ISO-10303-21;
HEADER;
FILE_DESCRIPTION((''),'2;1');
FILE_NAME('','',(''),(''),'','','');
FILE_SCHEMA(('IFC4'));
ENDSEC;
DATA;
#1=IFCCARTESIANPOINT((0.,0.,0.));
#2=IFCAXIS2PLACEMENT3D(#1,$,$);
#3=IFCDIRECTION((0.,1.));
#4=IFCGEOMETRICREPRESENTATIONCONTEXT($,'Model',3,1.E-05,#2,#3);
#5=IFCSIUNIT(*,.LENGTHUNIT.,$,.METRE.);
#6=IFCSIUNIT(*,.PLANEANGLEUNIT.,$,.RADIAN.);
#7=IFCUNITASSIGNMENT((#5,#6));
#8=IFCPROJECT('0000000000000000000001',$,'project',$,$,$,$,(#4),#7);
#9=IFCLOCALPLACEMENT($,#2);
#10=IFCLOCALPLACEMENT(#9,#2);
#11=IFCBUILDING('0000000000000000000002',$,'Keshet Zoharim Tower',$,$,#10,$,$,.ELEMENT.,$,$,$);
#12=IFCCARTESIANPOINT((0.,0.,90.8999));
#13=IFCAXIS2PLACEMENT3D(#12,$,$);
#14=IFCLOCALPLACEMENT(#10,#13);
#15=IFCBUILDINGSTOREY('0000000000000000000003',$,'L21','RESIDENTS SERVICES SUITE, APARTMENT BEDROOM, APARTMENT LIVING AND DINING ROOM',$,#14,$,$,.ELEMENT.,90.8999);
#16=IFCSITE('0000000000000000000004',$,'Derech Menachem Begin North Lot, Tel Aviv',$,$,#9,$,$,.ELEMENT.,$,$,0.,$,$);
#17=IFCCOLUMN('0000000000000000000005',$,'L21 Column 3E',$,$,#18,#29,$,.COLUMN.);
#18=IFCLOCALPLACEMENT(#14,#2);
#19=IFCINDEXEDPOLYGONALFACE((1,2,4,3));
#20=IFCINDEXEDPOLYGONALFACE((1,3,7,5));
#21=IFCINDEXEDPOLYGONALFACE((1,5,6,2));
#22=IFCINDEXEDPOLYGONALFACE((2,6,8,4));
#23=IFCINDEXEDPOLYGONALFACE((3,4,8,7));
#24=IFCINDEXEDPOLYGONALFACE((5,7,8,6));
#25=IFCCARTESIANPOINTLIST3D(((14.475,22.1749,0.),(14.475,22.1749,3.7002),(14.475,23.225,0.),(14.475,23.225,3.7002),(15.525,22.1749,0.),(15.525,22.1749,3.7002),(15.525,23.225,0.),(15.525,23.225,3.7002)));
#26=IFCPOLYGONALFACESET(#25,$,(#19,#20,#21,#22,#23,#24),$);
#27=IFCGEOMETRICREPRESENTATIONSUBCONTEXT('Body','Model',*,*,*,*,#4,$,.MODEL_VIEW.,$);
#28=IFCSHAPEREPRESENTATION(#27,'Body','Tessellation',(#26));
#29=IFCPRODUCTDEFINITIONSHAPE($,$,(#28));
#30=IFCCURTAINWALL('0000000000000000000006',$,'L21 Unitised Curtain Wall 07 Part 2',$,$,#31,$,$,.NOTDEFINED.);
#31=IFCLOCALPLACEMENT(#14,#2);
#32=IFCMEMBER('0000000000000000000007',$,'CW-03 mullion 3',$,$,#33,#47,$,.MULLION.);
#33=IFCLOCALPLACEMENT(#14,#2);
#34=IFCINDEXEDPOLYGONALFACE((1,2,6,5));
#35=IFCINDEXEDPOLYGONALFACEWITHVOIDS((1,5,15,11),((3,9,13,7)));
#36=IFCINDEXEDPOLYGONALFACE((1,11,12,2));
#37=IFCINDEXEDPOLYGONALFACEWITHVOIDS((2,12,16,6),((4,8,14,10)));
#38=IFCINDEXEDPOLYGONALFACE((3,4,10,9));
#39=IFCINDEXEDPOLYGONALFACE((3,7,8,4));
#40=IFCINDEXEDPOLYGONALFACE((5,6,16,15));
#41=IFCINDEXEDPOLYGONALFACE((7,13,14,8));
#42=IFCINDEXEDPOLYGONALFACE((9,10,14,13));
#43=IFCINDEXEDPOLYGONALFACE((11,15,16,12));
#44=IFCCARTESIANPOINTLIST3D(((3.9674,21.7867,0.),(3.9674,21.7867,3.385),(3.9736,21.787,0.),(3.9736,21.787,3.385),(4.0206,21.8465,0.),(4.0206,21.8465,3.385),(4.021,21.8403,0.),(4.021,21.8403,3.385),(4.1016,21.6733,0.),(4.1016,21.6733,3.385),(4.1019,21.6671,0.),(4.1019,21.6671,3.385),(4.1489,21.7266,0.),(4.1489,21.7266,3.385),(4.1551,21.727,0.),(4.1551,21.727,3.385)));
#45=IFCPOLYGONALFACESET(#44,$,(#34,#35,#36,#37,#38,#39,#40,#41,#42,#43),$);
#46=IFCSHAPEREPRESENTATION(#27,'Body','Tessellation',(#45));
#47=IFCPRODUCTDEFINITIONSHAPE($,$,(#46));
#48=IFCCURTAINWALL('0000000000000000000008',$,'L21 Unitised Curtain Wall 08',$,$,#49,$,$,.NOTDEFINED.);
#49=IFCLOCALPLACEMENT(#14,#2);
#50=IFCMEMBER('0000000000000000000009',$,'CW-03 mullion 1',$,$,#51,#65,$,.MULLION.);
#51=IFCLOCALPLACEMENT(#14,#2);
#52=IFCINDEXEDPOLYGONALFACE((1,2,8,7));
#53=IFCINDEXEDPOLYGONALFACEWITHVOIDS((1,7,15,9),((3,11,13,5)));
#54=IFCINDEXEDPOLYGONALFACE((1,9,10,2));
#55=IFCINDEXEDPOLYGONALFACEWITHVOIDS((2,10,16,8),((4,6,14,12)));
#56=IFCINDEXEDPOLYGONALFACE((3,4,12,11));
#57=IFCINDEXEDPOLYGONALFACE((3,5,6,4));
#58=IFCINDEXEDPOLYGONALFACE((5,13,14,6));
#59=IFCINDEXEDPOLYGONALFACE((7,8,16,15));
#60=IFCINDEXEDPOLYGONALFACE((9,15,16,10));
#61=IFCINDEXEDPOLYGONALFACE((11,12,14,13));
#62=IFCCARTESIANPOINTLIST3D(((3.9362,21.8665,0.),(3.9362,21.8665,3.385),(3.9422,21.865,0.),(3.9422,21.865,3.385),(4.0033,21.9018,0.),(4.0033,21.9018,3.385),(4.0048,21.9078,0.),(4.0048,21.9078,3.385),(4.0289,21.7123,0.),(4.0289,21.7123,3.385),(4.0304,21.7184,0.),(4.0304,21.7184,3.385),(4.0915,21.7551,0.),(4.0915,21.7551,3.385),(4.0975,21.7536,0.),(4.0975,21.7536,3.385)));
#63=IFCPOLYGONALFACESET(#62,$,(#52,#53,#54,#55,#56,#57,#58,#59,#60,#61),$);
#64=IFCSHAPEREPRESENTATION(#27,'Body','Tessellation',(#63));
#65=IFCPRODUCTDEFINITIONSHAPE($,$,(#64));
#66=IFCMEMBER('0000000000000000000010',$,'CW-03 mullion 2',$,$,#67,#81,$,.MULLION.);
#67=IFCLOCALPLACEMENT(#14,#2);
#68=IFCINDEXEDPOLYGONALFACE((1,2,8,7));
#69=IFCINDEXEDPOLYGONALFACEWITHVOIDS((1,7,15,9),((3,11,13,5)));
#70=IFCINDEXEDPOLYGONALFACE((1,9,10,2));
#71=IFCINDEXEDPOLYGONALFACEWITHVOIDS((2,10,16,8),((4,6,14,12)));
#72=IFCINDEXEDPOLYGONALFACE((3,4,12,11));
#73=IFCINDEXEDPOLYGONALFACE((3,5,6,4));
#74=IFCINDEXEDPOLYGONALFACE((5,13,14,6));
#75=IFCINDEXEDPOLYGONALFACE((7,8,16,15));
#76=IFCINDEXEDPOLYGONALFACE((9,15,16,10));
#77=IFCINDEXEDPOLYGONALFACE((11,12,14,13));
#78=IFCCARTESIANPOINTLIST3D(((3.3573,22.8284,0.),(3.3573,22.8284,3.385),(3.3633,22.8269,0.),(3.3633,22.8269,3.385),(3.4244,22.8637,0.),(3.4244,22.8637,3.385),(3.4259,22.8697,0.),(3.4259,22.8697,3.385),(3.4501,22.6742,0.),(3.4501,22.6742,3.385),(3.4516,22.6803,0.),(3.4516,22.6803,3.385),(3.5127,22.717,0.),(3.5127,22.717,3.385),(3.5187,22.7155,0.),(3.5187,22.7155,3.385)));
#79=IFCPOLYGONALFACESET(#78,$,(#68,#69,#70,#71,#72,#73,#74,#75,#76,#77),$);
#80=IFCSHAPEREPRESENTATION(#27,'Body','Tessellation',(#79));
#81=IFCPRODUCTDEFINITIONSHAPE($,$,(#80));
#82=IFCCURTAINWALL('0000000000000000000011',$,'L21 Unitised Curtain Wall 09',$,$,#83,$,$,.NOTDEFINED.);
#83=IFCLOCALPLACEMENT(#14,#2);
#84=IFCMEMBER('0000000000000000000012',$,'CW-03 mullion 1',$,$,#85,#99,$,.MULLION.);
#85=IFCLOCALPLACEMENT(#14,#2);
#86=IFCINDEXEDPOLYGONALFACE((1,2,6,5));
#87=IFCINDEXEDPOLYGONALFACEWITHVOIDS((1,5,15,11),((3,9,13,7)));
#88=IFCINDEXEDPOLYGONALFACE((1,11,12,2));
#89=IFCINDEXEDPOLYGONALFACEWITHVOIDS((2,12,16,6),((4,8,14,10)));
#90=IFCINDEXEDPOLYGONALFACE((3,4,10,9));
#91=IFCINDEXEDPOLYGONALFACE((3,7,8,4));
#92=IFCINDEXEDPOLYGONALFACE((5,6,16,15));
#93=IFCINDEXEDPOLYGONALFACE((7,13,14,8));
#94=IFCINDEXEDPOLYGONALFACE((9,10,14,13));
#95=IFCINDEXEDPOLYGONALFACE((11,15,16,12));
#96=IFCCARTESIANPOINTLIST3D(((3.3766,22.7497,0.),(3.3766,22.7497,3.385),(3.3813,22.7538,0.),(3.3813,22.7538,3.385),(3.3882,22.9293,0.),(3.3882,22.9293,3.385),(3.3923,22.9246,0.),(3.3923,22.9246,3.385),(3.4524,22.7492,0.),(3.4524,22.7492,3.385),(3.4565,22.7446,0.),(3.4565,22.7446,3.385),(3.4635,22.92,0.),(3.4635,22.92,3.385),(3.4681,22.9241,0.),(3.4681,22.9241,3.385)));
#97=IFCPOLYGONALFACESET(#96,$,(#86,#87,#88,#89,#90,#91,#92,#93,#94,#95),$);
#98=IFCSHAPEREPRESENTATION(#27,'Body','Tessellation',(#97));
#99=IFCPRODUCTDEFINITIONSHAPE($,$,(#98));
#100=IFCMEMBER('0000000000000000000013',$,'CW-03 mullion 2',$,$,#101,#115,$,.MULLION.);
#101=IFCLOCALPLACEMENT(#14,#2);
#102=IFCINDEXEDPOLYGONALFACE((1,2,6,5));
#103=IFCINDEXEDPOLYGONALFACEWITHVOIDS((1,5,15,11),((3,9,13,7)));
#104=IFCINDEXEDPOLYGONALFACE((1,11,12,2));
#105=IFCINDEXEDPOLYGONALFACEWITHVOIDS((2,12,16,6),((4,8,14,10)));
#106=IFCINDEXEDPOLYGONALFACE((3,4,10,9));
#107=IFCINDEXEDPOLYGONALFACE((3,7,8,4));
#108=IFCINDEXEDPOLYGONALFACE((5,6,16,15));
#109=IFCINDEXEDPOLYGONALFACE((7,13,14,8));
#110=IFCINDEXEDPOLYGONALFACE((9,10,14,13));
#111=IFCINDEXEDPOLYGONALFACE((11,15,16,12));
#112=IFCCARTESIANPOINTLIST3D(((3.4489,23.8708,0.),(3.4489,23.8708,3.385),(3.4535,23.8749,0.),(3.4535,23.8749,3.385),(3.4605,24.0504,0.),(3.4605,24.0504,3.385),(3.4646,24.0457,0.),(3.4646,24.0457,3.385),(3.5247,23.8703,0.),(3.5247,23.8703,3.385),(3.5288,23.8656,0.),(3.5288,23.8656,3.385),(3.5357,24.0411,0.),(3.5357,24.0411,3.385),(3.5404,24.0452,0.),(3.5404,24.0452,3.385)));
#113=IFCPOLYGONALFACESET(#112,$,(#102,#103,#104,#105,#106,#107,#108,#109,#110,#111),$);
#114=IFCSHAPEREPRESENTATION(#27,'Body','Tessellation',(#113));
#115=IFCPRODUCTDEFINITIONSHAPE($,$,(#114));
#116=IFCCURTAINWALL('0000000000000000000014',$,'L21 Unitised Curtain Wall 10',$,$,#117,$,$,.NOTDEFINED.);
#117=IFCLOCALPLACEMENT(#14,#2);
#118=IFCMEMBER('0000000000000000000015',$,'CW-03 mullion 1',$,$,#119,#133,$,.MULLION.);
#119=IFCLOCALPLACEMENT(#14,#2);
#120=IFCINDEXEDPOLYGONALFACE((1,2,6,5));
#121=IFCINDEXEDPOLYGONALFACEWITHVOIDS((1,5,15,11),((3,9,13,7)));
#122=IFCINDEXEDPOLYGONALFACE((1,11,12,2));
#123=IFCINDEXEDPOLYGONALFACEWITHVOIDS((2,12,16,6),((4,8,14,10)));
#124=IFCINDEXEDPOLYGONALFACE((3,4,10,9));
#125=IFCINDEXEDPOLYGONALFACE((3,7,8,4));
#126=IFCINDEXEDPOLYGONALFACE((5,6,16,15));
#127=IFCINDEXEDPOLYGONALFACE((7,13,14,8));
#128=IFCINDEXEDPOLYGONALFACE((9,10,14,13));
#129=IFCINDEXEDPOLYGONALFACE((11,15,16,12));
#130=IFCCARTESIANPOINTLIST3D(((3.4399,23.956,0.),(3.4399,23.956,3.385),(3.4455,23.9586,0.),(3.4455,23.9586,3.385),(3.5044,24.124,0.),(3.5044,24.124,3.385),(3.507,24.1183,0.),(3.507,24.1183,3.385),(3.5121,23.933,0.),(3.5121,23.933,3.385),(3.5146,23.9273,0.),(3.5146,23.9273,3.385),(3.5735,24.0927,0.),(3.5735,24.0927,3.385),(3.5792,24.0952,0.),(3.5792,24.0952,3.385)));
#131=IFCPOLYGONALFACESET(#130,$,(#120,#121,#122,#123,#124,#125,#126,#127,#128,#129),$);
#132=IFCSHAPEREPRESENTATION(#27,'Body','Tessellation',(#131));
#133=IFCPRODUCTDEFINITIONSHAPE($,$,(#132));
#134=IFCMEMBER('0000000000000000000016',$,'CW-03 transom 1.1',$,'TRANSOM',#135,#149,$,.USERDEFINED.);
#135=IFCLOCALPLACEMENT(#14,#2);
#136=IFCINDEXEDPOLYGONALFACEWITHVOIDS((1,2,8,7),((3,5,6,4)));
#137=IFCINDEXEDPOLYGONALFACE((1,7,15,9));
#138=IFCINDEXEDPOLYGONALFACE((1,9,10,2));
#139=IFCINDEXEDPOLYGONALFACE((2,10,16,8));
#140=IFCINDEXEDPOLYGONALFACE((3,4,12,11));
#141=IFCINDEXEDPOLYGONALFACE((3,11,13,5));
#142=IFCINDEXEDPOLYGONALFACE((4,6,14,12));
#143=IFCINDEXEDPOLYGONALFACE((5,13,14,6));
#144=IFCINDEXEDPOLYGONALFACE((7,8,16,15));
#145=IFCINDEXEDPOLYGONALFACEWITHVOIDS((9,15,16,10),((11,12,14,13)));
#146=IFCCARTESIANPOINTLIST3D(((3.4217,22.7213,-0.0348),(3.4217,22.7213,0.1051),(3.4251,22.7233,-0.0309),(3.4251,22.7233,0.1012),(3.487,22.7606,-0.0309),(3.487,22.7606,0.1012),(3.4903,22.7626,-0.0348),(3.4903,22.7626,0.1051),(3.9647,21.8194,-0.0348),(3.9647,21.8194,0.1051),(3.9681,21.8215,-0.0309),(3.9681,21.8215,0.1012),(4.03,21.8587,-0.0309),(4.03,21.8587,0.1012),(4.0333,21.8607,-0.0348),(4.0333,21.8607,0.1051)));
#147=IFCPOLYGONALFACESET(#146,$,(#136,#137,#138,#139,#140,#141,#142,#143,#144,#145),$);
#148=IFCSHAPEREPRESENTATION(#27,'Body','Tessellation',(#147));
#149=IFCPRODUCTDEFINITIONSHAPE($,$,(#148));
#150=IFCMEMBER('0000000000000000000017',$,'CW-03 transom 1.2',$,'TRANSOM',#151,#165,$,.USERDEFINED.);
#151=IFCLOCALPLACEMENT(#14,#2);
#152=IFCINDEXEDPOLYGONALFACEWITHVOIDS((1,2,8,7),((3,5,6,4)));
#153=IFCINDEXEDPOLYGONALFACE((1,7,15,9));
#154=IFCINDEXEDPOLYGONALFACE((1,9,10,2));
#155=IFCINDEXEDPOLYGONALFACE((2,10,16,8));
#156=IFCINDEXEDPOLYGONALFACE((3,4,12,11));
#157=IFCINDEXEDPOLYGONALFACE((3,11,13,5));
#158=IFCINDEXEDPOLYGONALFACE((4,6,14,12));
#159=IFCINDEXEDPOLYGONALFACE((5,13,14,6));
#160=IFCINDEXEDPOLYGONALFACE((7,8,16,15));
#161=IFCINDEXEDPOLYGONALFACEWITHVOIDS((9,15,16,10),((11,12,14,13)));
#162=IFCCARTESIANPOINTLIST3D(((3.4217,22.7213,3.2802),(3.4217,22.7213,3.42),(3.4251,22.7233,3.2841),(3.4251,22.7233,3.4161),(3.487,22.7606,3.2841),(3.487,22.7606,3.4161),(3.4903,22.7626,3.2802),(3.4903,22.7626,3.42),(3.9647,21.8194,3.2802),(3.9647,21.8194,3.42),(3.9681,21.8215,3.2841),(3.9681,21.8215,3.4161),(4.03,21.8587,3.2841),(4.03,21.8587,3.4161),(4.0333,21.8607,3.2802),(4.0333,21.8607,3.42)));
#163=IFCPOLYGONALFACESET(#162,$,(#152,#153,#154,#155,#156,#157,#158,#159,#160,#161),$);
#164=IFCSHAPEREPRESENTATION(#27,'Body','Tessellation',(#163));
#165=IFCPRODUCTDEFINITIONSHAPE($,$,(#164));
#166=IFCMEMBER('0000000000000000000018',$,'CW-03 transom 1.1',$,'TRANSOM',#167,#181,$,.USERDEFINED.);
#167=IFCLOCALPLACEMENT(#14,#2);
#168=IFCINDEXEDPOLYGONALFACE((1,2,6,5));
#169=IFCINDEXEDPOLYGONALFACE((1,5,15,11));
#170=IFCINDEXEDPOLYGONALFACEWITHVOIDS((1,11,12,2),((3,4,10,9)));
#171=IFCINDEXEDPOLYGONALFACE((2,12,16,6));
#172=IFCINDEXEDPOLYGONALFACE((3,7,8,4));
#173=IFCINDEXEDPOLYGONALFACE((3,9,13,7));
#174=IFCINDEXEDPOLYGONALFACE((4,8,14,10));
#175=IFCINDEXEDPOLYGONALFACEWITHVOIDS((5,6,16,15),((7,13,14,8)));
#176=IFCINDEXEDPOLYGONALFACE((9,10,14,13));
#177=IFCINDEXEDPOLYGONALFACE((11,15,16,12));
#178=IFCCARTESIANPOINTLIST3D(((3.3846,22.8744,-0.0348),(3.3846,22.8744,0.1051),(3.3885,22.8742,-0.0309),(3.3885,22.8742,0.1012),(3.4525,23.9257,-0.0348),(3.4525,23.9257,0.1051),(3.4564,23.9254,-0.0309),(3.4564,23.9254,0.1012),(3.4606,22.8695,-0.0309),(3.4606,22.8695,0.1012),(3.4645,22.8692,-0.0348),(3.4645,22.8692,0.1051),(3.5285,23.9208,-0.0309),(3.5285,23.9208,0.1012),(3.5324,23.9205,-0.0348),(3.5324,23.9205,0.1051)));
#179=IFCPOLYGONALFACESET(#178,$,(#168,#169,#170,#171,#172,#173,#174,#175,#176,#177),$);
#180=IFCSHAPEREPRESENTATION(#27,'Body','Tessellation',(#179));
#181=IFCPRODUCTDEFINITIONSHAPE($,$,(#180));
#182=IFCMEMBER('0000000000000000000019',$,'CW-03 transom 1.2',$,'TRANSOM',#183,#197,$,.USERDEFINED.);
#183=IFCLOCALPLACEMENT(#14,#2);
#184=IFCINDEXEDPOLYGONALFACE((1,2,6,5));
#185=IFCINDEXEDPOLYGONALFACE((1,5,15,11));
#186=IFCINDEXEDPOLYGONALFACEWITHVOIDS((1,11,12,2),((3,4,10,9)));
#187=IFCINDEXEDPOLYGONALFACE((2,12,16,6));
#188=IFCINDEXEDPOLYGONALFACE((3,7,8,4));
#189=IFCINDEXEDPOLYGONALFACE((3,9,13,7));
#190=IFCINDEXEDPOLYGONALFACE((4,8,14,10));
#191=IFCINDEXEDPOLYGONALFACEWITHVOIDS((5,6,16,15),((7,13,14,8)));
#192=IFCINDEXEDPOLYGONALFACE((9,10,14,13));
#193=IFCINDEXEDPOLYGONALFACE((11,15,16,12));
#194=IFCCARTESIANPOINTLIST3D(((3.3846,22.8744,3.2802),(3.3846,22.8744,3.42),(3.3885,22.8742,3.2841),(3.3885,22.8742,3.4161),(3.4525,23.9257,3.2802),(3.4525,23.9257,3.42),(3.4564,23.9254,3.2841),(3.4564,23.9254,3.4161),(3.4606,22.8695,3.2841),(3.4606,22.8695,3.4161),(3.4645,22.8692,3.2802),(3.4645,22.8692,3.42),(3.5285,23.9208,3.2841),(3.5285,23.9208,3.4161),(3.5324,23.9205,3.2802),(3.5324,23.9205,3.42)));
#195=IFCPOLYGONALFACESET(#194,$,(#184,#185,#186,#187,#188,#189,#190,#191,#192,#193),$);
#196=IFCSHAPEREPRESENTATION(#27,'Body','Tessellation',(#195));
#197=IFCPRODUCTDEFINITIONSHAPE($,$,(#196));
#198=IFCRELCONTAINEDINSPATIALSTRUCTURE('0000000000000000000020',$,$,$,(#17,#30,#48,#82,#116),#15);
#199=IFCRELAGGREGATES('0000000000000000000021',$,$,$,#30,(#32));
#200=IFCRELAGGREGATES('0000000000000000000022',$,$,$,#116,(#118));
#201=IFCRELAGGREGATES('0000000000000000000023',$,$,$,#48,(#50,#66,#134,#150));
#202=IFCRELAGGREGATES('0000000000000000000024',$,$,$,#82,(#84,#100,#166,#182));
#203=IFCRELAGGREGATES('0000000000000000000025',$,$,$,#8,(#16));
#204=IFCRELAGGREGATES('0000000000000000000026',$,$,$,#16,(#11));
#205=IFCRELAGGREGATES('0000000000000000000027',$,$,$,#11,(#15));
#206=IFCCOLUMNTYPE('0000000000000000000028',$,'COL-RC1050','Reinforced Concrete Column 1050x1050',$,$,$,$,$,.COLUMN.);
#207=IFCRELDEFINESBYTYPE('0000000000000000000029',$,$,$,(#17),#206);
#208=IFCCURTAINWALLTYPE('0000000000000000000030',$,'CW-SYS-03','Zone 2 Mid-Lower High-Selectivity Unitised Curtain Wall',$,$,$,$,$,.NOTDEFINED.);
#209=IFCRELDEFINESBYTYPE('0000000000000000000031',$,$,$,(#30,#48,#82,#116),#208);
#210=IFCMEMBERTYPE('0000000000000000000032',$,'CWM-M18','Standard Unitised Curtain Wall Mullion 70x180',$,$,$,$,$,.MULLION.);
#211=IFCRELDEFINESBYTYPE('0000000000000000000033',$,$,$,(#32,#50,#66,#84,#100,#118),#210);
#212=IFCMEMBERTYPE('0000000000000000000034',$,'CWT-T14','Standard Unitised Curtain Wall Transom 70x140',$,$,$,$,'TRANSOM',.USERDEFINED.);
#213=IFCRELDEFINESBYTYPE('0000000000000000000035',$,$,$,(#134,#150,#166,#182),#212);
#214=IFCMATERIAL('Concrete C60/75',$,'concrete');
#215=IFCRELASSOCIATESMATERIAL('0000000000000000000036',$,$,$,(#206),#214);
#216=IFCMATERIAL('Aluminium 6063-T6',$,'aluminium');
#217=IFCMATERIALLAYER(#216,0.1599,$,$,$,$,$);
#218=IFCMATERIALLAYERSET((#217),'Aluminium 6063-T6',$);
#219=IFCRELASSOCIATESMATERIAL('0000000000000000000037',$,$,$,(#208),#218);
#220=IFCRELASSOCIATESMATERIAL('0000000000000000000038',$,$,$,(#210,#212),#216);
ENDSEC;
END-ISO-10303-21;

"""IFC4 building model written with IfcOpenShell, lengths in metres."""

from ifc_helpers import new_model, si_unit, direction, frame, origin, origin_2d, place, context, subcontext, project, spatial, rectangle, hollow_rectangle, extrude, material, layer, layer_set, material_profile, profile_set, type_object, element, aggregate, save


model = new_model("IFC4")

# Units and contexts
model_context = context("Model", 3, precision=1e-05, world=origin(), true_north=direction((0.0, 1.0)))
body_context = subcontext(model_context, "Body", "Model", "MODEL_VIEW")
ifc_project = project(units=[si_unit("LENGTHUNIT", "METRE"), si_unit("PLANEANGLEUNIT", "RADIAN")], contexts=[model_context])

# Site, building, storey
site_placement = place(None, origin())
site = spatial("IfcSite", under=ifc_project, at=site_placement, Name="Derech Menachem Begin North Lot, Tel Aviv", CompositionType="ELEMENT", RefElevation=0.0)
building_placement = place(site_placement, origin())
building = spatial("IfcBuilding", under=site, at=building_placement, Name="Keshet Zoharim Tower", CompositionType="ELEMENT")
storey_placement = place(building_placement, frame((0.0, 0.0, 90.8999)))
storey = spatial("IfcBuildingStorey", under=building, at=storey_placement, Name="L21", Description="RESIDENTS SERVICES SUITE, APARTMENT BEDROOM, APARTMENT LIVING AND DINING ROOM", CompositionType="ELEMENT", Elevation=90.8999)

# Column
ifc_material_1 = material(Name="Concrete C60/75", Category="concrete")
ifc_material_profile_1 = material_profile(ifc_material_1, rectangle(XDim=1.05, YDim=1.05, at=origin_2d()), Name="RC1050x1050")
ifc_profile_set_1 = profile_set([ifc_material_profile_1], Name="Concrete C60/75")
column_type = type_object("IfcColumnType", Name="COL-RC1050", Description="Reinforced Concrete Column 1050x1050", PredefinedType="COLUMN", material=ifc_profile_set_1)
column_placement = place(storey_placement, frame((15.0, 22.7, 0.0), z_axis=(0.0, 0.0, 1.0), x_axis=(1.0, 0.0, 0.0)))
element("IfcColumn", 1, at=column_placement, inside=storey, type_object=column_type, Name="L21 Column 3E", PredefinedType="COLUMN", context=body_context, shape_type="SweptSolid", body=[
    extrude(rectangle(XDim=1.05, YDim=1.05, at=origin_2d()), origin(), (0.0, 0.0, 1.0), 3.7002),
])

# Curtain wall, member
ifc_material_2 = material(Name="Aluminium 6063-T6", Category="aluminium")
ifc_layer_1 = layer(ifc_material_2, 0.1599)
ifc_layer_set_1 = layer_set([ifc_layer_1], Name="Aluminium 6063-T6")
curtain_wall_type = type_object("IfcCurtainWallType", Name="CW-SYS-03", Description="Zone 2 Mid-Lower High-Selectivity Unitised Curtain Wall", PredefinedType="NOTDEFINED", material=ifc_layer_set_1)
curtain_wall_1_placement = place(storey_placement, origin())
curtain_wall_1 = element("IfcCurtainWall", 2, at=curtain_wall_1_placement, inside=storey, type_object=curtain_wall_type, Name="L21 Unitised Curtain Wall 07 Part 2", PredefinedType="NOTDEFINED")
ifc_material_profile_2 = material_profile(ifc_material_2, hollow_rectangle(XDim=0.0801, YDim=0.1799, WallThickness=0.0044, at=origin_2d()), Name="MUL-80x180")
ifc_profile_set_2 = profile_set([ifc_material_profile_2], Name="Aluminium 6063-T6")
member_type_1 = type_object("IfcMemberType", Name="CWM-M18", Description="Standard Unitised Curtain Wall Mullion 70x180", PredefinedType="MULLION", material=ifc_profile_set_2)
member_1_placement = place(storey_placement, frame((4.0613, 21.7568, 0.0), z_axis=(0.0, 0.0, 1.0), x_axis=(-0.664364, -0.747409, 0.0)))
member_1 = element("IfcMember", 3, at=member_1_placement, type_object=member_type_1, Name="CW-03 mullion 3", PredefinedType="MULLION", context=body_context, shape_type="SweptSolid", body=[
    extrude(hollow_rectangle(XDim=0.0801, YDim=0.1799, WallThickness=0.0044, at=origin_2d()), origin(), (0.0, 0.0, 1.0), 3.385),
])
aggregate(curtain_wall_1, [member_1])

# Curtain walls, members
curtain_wall_2_placement = place(storey_placement, origin())
curtain_wall_2 = element("IfcCurtainWall", 4, at=curtain_wall_2_placement, inside=storey, type_object=curtain_wall_type, Name="L21 Unitised Curtain Wall 08", PredefinedType="NOTDEFINED")
member_2_placement = place(storey_placement, frame((4.0168, 21.8101, 0.0), z_axis=(0.0, 0.0, 1.0), x_axis=(-0.856826, -0.515605, 0.0)))
member_2 = element("IfcMember", 5, at=member_2_placement, type_object=member_type_1, Name="CW-03 mullion 1", PredefinedType="MULLION", context=body_context, shape_type="SweptSolid", body=[
    extrude(hollow_rectangle(XDim=0.0801, YDim=0.1799, WallThickness=0.0044, at=origin_2d()), origin(), (0.0, 0.0, 1.0), 3.385),
])
member_3_placement = place(storey_placement, frame((3.438, 22.772, 0.0), z_axis=(0.0, 0.0, 1.0), x_axis=(-0.856826, -0.515605, 0.0)))
member_3 = element("IfcMember", 6, at=member_3_placement, type_object=member_type_1, Name="CW-03 mullion 2", PredefinedType="MULLION", context=body_context, shape_type="SweptSolid", body=[
    extrude(hollow_rectangle(XDim=0.0801, YDim=0.1799, WallThickness=0.0044, at=origin_2d()), origin(), (0.0, 0.0, 1.0), 3.385),
])
curtain_wall_3_placement = place(storey_placement, origin())
curtain_wall_3 = element("IfcCurtainWall", 7, at=curtain_wall_3_placement, inside=storey, type_object=curtain_wall_type, Name="L21 Unitised Curtain Wall 09", PredefinedType="NOTDEFINED")
member_4_placement = place(storey_placement, frame((3.4224, 22.8369, 0.0), z_axis=(0.0, 0.0, 1.0), x_axis=(-0.997917, 0.064517, 0.0)))
member_4 = element("IfcMember", 8, at=member_4_placement, type_object=member_type_1, Name="CW-03 mullion 1", PredefinedType="MULLION", context=body_context, shape_type="SweptSolid", body=[
    extrude(hollow_rectangle(XDim=0.0801, YDim=0.1799, WallThickness=0.0044, at=origin_2d()), origin(), (0.0, 0.0, 1.0), 3.385),
])
member_5_placement = place(storey_placement, frame((3.4946, 23.958, 0.0), z_axis=(0.0, 0.0, 1.0), x_axis=(-0.997917, 0.064517, 0.0)))
member_5 = element("IfcMember", 9, at=member_5_placement, type_object=member_type_1, Name="CW-03 mullion 2", PredefinedType="MULLION", context=body_context, shape_type="SweptSolid", body=[
    extrude(hollow_rectangle(XDim=0.0801, YDim=0.1799, WallThickness=0.0044, at=origin_2d()), origin(), (0.0, 0.0, 1.0), 3.385),
])

# Curtain wall, member
curtain_wall_4_placement = place(storey_placement, origin())
curtain_wall_4 = element("IfcCurtainWall", 10, at=curtain_wall_4_placement, inside=storey, type_object=curtain_wall_type, Name="L21 Unitised Curtain Wall 10", PredefinedType="NOTDEFINED")
member_6_placement = place(storey_placement, frame((3.5095, 24.0256, 0.0), z_axis=(0.0, 0.0, 1.0), x_axis=(-0.933341, 0.35899, 0.0)))
member_6 = element("IfcMember", 11, at=member_6_placement, type_object=member_type_1, Name="CW-03 mullion 1", PredefinedType="MULLION", context=body_context, shape_type="SweptSolid", body=[
    extrude(hollow_rectangle(XDim=0.0801, YDim=0.1799, WallThickness=0.0044, at=origin_2d()), origin(), (0.0, 0.0, 1.0), 3.385),
])

# Members
ifc_material_profile_3 = material_profile(ifc_material_2, hollow_rectangle(XDim=0.0801, YDim=0.1399, WallThickness=0.0039, at=origin_2d()), Name="TRN-80x140")
ifc_profile_set_3 = profile_set([ifc_material_profile_3], Name="Aluminium 6063-T6")
member_type_2 = type_object("IfcMemberType", Name="CWT-T14", Description="Standard Unitised Curtain Wall Transom 70x140", ElementType="TRANSOM", PredefinedType="USERDEFINED", material=ifc_profile_set_3)
member_7_placement = place(storey_placement, frame((3.999, 21.8401, 0.0352), z_axis=(-0.515791, 0.856714, 0.0), x_axis=(-0.856714, -0.515791, 0.0)))
member_7 = element("IfcMember", 12, at=member_7_placement, type_object=member_type_2, Name="CW-03 transom 1.1", ObjectType="TRANSOM", PredefinedType="USERDEFINED", context=body_context, shape_type="SweptSolid", body=[
    extrude(hollow_rectangle(XDim=0.0801, YDim=0.1399, WallThickness=0.0039, at=origin_2d()), origin(), (0.0, 0.0, 1.0), 1.0527),
])
member_8_placement = place(storey_placement, frame((3.999, 21.8401, 3.3501), z_axis=(-0.515791, 0.856714, 0.0), x_axis=(-0.856714, -0.515791, 0.0)))
member_8 = element("IfcMember", 13, at=member_8_placement, type_object=member_type_2, Name="CW-03 transom 1.2", ObjectType="TRANSOM", PredefinedType="USERDEFINED", context=body_context, shape_type="SweptSolid", body=[
    extrude(hollow_rectangle(XDim=0.0801, YDim=0.1399, WallThickness=0.0039, at=origin_2d()), origin(), (0.0, 0.0, 1.0), 1.0527),
])
member_9_placement = place(storey_placement, frame((3.4246, 22.8718, 0.0352), z_axis=(0.064427, 0.997922, 0.0), x_axis=(-0.997922, 0.064427, 0.0)))
member_9 = element("IfcMember", 14, at=member_9_placement, type_object=member_type_2, Name="CW-03 transom 1.1", ObjectType="TRANSOM", PredefinedType="USERDEFINED", context=body_context, shape_type="SweptSolid", body=[
    extrude(hollow_rectangle(XDim=0.0801, YDim=0.1399, WallThickness=0.0039, at=origin_2d()), origin(), (0.0, 0.0, 1.0), 1.0535),
])
member_10_placement = place(storey_placement, frame((3.4246, 22.8718, 3.3501), z_axis=(0.064427, 0.997922, 0.0), x_axis=(-0.997922, 0.064427, 0.0)))
member_10 = element("IfcMember", 15, at=member_10_placement, type_object=member_type_2, Name="CW-03 transom 1.2", ObjectType="TRANSOM", PredefinedType="USERDEFINED", context=body_context, shape_type="SweptSolid", body=[
    extrude(hollow_rectangle(XDim=0.0801, YDim=0.1399, WallThickness=0.0039, at=origin_2d()), origin(), (0.0, 0.0, 1.0), 1.0535),
])
aggregate(curtain_wall_4, [member_6])

aggregate(curtain_wall_2, [member_2, member_3, member_7, member_8])
aggregate(curtain_wall_3, [member_4, member_5, member_9, member_10])

save(model, "model.ifc")
